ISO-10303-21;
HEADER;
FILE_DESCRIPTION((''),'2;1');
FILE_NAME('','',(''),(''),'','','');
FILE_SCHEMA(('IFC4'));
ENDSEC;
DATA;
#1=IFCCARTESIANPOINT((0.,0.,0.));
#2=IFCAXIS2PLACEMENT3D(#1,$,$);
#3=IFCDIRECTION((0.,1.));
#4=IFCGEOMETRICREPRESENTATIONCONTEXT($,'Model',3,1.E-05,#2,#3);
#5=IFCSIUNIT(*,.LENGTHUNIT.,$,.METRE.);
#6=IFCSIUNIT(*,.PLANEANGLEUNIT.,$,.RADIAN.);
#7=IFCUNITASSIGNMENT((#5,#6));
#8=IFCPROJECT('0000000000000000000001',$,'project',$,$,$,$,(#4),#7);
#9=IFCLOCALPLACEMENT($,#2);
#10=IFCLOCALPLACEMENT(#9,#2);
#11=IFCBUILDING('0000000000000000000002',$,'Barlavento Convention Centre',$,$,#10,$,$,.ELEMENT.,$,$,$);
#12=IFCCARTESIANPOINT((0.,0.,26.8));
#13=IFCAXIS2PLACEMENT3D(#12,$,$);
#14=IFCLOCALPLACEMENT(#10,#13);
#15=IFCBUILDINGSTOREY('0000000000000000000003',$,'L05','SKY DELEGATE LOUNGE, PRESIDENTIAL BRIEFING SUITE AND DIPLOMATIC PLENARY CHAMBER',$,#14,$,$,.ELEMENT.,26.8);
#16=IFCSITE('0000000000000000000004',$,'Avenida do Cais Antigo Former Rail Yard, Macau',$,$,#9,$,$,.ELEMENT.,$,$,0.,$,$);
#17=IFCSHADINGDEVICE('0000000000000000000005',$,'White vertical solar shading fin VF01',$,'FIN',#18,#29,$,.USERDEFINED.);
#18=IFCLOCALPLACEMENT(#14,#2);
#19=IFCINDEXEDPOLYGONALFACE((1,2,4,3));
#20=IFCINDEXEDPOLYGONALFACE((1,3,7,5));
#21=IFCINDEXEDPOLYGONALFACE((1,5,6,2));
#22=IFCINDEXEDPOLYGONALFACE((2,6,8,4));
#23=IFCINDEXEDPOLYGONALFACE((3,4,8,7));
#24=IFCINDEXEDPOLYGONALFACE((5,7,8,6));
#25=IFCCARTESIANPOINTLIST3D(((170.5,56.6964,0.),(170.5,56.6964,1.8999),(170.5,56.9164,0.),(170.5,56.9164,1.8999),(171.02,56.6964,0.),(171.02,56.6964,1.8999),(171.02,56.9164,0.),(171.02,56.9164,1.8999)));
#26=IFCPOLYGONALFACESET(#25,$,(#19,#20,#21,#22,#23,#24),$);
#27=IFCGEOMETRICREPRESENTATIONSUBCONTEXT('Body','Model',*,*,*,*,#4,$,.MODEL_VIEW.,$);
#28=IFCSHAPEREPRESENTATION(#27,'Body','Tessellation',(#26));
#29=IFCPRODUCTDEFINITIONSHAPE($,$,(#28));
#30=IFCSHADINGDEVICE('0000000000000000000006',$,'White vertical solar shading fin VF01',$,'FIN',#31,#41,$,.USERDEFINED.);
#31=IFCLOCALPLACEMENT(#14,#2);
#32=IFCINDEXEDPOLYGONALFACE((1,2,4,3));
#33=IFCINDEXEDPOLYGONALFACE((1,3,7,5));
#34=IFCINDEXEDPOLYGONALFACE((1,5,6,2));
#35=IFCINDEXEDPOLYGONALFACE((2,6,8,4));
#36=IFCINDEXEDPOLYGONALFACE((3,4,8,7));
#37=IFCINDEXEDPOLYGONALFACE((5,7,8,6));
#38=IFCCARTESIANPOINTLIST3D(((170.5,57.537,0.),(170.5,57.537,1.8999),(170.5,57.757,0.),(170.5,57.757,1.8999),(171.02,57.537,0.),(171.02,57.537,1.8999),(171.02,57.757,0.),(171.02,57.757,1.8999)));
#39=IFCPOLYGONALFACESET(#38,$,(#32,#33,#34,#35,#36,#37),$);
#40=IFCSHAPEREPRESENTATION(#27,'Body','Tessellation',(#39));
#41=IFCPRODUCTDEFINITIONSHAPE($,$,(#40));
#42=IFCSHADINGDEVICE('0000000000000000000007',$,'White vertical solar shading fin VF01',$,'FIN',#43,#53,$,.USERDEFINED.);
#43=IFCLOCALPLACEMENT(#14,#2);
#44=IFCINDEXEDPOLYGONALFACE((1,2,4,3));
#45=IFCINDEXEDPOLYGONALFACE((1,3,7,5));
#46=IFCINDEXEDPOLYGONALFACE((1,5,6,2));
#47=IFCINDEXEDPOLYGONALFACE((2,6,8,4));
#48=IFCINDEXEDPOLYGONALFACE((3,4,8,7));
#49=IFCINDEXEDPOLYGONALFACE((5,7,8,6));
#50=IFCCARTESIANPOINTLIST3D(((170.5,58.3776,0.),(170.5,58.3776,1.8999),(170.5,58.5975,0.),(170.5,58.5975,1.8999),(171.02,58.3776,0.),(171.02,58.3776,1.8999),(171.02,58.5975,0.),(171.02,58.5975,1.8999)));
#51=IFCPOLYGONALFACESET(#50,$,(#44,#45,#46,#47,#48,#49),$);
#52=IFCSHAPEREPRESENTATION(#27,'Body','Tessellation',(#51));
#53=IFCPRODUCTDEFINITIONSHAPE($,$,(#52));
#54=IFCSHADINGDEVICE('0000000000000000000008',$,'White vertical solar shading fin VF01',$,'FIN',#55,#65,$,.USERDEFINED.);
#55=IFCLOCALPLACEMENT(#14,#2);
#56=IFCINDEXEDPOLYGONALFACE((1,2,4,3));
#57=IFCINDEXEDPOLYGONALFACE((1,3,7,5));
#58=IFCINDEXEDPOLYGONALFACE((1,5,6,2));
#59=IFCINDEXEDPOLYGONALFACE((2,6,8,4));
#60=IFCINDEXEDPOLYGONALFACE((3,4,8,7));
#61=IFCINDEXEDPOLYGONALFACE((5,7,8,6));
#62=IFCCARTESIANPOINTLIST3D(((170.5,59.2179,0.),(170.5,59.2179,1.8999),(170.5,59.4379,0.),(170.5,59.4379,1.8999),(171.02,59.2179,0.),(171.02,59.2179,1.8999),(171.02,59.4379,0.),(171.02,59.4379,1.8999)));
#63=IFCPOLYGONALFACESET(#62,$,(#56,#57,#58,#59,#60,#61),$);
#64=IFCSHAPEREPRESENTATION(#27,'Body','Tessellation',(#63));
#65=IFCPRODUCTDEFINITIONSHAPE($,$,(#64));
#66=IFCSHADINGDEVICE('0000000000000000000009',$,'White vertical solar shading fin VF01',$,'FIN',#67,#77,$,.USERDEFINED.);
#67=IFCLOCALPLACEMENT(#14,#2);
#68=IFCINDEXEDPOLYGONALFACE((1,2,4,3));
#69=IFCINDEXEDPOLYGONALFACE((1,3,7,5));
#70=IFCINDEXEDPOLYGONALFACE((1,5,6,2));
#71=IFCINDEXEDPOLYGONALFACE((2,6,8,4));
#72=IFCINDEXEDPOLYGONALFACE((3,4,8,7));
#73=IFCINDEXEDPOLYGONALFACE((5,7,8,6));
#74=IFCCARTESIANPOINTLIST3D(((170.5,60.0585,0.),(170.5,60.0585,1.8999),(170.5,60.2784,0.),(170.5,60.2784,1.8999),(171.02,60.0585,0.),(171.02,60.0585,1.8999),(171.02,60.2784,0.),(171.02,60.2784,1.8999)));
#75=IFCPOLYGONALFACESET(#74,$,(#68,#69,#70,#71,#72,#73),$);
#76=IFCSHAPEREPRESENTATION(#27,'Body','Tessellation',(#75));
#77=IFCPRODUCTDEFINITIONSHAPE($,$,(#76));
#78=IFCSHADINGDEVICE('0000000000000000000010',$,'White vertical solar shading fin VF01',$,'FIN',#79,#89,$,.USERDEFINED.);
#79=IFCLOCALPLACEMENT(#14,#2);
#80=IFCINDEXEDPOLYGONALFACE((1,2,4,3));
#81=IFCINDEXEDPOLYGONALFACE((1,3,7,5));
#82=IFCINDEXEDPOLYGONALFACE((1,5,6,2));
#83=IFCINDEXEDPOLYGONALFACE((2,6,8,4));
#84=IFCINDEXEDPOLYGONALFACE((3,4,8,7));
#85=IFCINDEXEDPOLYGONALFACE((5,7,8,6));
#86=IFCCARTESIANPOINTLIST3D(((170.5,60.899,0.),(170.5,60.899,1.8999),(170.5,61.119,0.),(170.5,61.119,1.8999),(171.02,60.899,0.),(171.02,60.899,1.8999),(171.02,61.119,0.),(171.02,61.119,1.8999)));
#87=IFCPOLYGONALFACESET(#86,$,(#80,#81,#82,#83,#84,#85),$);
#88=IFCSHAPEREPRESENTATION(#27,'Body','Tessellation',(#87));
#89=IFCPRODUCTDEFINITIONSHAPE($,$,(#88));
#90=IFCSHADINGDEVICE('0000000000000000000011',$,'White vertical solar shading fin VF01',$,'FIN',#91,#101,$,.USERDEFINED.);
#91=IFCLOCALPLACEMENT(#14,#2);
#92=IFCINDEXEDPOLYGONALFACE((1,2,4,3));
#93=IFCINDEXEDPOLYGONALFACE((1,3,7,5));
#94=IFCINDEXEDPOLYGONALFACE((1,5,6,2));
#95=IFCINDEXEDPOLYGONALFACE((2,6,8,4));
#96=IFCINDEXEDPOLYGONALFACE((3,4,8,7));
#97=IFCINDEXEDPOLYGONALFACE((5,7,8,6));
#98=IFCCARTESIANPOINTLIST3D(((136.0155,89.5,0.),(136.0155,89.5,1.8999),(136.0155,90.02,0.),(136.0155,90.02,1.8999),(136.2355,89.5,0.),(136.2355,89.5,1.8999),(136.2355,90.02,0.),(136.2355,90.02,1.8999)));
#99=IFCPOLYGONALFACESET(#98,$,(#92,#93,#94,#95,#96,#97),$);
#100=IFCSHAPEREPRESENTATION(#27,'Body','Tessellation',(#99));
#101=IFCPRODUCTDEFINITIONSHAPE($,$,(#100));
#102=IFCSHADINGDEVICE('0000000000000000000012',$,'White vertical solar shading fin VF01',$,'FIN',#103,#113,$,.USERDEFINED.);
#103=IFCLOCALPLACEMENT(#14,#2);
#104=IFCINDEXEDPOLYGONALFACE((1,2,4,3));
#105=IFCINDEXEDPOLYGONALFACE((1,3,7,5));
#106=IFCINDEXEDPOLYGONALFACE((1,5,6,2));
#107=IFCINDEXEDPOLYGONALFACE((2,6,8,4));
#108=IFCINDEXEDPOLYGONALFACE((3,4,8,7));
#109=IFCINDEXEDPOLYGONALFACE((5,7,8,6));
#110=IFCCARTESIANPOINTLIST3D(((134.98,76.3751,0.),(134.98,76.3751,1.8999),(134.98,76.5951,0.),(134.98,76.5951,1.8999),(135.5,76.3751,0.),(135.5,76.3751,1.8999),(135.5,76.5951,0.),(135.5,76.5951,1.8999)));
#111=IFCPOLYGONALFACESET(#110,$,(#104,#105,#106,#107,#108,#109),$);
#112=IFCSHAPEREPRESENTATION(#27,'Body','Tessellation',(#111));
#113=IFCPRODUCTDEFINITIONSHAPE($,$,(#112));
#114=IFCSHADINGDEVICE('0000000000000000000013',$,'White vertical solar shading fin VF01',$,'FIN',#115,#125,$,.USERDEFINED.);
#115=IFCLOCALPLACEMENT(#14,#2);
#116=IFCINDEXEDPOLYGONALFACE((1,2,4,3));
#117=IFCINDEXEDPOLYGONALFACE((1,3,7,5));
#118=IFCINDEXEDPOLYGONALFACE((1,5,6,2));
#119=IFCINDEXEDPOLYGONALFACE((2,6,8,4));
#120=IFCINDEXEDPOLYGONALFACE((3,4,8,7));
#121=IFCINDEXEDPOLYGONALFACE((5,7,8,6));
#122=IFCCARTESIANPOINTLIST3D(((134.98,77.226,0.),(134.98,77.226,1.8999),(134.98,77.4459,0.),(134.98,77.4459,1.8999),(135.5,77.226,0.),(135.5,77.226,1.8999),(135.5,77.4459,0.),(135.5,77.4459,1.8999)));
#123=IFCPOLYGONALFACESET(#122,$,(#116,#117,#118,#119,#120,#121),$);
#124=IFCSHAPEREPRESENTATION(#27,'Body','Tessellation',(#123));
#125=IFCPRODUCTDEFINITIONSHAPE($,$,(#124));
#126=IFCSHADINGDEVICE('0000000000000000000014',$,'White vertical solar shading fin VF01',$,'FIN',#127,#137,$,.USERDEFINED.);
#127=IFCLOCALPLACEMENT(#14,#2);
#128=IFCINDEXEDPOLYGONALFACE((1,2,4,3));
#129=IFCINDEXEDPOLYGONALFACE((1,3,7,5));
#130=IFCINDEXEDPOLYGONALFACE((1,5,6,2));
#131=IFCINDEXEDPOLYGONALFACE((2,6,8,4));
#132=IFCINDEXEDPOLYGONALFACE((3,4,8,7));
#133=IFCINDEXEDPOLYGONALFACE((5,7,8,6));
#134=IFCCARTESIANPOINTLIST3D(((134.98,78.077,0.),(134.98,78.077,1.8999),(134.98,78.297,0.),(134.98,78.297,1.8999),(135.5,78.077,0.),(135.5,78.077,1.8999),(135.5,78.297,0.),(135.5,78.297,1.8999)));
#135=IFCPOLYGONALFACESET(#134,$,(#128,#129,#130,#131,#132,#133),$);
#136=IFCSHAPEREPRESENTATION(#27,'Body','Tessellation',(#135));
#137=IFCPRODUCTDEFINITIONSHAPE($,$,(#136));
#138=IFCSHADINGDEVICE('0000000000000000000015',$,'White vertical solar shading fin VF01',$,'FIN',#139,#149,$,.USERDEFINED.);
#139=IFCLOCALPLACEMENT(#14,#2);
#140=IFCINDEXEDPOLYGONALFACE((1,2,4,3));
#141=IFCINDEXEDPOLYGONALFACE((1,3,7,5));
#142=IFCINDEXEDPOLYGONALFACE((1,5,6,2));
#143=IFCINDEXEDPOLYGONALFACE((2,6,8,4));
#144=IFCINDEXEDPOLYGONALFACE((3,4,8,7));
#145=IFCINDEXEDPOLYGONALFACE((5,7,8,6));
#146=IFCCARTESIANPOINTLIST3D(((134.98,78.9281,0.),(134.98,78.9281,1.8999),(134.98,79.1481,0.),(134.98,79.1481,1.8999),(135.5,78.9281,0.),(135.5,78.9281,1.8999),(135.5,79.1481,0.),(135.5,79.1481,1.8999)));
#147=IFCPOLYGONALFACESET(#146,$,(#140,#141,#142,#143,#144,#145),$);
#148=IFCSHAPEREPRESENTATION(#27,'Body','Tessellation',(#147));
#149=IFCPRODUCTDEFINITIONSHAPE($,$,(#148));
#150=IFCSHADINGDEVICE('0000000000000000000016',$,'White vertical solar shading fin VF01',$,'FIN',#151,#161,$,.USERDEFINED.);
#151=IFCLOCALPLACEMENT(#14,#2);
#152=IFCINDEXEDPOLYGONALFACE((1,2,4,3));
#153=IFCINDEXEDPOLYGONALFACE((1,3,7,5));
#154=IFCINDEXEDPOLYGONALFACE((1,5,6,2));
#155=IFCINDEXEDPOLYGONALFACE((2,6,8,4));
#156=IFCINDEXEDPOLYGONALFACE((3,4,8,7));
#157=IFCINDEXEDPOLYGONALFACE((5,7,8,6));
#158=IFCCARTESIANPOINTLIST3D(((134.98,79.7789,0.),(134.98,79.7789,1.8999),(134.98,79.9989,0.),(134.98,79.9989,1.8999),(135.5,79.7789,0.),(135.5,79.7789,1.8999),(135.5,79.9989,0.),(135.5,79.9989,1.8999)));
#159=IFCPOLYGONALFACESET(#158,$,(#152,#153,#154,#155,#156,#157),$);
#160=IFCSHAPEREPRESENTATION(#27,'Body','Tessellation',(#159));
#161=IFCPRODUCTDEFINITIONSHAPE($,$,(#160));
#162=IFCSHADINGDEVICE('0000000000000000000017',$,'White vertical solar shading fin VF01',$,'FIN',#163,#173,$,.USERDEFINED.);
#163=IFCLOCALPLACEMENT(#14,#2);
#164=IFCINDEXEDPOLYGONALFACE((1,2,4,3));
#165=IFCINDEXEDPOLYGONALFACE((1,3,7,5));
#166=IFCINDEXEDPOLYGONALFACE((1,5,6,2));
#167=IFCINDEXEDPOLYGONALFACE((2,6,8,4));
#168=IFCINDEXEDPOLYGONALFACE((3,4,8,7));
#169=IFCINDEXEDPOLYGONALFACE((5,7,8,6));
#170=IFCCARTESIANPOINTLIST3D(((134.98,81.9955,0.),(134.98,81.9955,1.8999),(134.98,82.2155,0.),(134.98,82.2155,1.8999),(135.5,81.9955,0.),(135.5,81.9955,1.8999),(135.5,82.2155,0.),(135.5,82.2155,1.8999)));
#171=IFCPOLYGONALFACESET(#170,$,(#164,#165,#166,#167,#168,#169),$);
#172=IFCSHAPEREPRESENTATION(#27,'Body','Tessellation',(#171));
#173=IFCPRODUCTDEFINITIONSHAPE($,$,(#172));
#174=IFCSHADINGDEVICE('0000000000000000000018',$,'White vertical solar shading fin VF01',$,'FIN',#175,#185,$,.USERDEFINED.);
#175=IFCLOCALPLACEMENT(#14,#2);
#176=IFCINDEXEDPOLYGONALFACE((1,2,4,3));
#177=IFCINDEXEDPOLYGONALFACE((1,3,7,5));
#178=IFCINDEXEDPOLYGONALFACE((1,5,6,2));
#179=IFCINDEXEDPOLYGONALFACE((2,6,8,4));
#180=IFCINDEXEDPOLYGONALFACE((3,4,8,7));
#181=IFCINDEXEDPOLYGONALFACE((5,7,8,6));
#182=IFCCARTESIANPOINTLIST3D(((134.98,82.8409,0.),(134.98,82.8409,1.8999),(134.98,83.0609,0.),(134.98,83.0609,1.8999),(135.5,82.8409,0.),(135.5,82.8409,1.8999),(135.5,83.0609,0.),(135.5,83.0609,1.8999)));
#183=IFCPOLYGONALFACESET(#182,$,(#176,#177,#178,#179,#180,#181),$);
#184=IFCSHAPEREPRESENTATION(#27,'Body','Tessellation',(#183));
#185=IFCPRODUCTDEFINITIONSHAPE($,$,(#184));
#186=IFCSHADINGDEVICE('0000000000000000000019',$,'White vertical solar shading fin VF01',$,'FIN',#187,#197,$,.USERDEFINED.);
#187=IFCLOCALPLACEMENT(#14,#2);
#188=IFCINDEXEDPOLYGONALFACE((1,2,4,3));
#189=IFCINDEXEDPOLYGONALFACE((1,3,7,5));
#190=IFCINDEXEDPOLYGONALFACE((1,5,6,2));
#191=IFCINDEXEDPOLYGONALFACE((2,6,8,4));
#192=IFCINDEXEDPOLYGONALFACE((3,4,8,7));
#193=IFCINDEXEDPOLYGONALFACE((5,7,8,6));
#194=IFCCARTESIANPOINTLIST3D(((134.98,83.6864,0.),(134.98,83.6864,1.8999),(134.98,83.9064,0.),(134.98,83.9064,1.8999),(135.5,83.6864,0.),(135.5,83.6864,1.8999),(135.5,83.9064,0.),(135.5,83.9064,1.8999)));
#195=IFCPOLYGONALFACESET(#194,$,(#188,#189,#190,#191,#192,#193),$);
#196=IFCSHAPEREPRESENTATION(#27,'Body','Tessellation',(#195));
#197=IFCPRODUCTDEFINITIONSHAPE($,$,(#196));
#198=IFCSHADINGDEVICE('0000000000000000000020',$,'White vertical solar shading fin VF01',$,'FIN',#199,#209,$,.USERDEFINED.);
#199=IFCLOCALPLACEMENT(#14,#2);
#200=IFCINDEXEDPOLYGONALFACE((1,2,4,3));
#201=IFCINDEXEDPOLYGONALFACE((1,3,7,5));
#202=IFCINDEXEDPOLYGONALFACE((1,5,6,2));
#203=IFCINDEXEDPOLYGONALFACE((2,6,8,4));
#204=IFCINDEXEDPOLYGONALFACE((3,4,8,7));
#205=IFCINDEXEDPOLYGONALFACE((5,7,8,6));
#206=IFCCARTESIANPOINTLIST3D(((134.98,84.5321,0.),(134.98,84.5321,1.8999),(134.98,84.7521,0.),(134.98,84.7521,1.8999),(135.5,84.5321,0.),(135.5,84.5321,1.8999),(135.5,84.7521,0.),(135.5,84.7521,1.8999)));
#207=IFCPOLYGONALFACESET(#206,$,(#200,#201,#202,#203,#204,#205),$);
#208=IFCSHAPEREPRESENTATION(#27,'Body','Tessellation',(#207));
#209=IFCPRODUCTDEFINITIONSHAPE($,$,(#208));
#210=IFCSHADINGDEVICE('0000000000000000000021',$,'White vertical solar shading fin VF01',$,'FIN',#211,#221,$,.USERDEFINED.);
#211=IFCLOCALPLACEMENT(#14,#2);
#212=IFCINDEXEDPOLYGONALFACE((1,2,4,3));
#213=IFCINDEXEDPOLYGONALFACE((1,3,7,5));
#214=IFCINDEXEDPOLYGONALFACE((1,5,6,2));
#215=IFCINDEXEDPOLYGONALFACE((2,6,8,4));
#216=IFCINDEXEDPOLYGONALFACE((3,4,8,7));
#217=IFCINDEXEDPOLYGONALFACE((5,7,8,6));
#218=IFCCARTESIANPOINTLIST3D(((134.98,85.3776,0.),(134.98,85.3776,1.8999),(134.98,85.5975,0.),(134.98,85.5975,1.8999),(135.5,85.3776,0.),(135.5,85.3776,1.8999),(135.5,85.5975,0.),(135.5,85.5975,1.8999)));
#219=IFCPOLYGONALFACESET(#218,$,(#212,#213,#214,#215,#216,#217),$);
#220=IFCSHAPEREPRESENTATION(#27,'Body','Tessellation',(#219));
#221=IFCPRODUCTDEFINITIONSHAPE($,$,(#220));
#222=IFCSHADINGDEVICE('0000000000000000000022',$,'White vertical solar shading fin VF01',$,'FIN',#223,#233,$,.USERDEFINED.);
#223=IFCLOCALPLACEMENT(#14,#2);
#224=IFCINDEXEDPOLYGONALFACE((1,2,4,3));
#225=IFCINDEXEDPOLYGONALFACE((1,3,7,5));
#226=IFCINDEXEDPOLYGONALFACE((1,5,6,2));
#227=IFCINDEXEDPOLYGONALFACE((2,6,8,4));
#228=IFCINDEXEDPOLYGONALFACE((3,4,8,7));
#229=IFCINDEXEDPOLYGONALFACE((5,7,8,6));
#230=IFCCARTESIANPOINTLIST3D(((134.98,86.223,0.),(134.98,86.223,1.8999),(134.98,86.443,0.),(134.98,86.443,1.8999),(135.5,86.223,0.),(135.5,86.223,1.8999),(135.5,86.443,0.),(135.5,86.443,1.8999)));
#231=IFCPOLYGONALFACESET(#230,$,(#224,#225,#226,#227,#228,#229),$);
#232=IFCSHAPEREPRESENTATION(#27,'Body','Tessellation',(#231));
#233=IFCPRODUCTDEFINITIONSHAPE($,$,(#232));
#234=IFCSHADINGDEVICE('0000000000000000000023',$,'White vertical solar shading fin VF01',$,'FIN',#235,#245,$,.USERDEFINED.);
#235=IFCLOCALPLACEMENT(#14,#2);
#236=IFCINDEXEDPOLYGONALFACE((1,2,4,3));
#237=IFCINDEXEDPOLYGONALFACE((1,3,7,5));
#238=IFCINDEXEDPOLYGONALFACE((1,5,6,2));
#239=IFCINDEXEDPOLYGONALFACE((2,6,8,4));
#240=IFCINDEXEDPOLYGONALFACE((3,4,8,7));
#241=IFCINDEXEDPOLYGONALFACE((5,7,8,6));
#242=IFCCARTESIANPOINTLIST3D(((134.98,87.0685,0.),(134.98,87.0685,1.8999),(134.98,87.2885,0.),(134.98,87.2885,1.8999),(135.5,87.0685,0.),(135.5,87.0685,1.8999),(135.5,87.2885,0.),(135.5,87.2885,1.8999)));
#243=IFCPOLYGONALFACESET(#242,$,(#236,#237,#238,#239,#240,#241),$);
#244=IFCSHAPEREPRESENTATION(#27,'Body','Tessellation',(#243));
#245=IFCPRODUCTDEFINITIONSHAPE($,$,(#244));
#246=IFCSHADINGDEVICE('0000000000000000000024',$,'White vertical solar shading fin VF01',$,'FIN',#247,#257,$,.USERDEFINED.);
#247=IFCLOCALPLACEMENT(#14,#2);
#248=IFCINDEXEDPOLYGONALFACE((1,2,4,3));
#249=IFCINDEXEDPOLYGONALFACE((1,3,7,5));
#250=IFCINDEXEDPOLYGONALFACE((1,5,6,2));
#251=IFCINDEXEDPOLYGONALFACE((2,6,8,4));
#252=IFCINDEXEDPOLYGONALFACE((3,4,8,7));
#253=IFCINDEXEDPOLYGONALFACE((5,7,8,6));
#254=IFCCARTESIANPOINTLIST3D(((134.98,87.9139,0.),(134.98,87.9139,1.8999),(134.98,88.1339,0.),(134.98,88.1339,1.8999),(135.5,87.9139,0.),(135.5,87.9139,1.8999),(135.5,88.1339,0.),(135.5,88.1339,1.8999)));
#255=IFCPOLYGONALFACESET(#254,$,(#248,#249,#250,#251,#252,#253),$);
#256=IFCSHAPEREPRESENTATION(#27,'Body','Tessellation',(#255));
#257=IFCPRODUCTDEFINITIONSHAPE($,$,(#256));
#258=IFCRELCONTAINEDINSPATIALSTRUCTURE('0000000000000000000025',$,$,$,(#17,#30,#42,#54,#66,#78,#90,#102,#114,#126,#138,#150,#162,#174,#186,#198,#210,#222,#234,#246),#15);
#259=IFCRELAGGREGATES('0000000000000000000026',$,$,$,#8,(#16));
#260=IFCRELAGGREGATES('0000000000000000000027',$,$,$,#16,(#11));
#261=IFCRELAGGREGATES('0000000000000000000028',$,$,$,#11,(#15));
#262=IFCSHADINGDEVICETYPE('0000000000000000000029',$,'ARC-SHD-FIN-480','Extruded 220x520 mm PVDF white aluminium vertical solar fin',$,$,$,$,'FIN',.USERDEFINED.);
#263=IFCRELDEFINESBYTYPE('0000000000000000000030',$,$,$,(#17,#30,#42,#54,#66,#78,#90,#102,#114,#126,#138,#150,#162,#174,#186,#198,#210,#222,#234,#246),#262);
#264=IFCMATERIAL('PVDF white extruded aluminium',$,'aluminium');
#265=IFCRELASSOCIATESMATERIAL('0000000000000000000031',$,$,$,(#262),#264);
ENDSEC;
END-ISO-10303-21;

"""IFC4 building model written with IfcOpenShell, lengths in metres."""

from ifc_helpers import new_model, si_unit, direction, frame, origin, origin_2d, place, context, subcontext, project, spatial, rectangle, extrude, material, type_object, element, save


model = new_model("IFC4")

# Units and contexts
model_context = context("Model", 3, precision=1e-05, world=origin(), true_north=direction((0.0, 1.0)))
body_context = subcontext(model_context, "Body", "Model", "MODEL_VIEW")
ifc_project = project(units=[si_unit("LENGTHUNIT", "METRE"), si_unit("PLANEANGLEUNIT", "RADIAN")], contexts=[model_context])

# Site, building, storey
site_placement = place(None, origin())
site = spatial("IfcSite", under=ifc_project, at=site_placement, Name="Avenida do Cais Antigo Former Rail Yard, Macau", CompositionType="ELEMENT", RefElevation=0.0)
building_placement = place(site_placement, origin())
building = spatial("IfcBuilding", under=site, at=building_placement, Name="Barlavento Convention Centre", CompositionType="ELEMENT")
storey_placement = place(building_placement, frame((0.0, 0.0, 26.8)))
storey = spatial("IfcBuildingStorey", under=building, at=storey_placement, Name="L05", Description="SKY DELEGATE LOUNGE, PRESIDENTIAL BRIEFING SUITE AND DIPLOMATIC PLENARY CHAMBER", CompositionType="ELEMENT", Elevation=26.8)

# Shading devices
ifc_material = material(Name="PVDF white extruded aluminium", Category="aluminium")
shading_device_type = type_object("IfcShadingDeviceType", Name="ARC-SHD-FIN-480", Description="Extruded 220x520 mm PVDF white aluminium vertical solar fin", ElementType="FIN", PredefinedType="USERDEFINED", material=ifc_material)
for number, where, z_axis, x_axis, name in (
    (1, (170.76, 56.8064, 0.0), (0.0, 0.0, 1.0), (0.0, 1.0, 0.0), "White vertical solar shading fin VF01"),
    (2, (170.76, 57.647, 0.0), (0.0, 0.0, 1.0), (0.0, 1.0, 0.0), "White vertical solar shading fin VF01"),
    (3, (170.76, 58.4875, 0.0), (0.0, 0.0, 1.0), (0.0, 1.0, 0.0), "White vertical solar shading fin VF01"),
    (4, (170.76, 59.3279, 0.0), (0.0, 0.0, 1.0), (0.0, 1.0, 0.0), "White vertical solar shading fin VF01"),
    (5, (170.76, 60.1685, 0.0), (0.0, 0.0, 1.0), (0.0, 1.0, 0.0), "White vertical solar shading fin VF01"),
    (6, (170.76, 61.009, 0.0), (0.0, 0.0, 1.0), (0.0, 1.0, 0.0), "White vertical solar shading fin VF01"),
    (7, (136.1255, 89.76, 0.0), (0.0, 0.0, 1.0), (1.0, 0.0, 0.0), "White vertical solar shading fin VF01"),
    (8, (135.24, 76.4851, 0.0), (0.0, 0.0, 1.0), (0.0, 1.0, 0.0), "White vertical solar shading fin VF01"),
    (9, (135.24, 77.3359, 0.0), (0.0, 0.0, 1.0), (0.0, 1.0, 0.0), "White vertical solar shading fin VF01"),
    (10, (135.24, 78.187, 0.0), (0.0, 0.0, 1.0), (0.0, 1.0, 0.0), "White vertical solar shading fin VF01"),
    (11, (135.24, 79.0381, 0.0), (0.0, 0.0, 1.0), (0.0, 1.0, 0.0), "White vertical solar shading fin VF01"),
    (12, (135.24, 79.8889, 0.0), (0.0, 0.0, 1.0), (0.0, 1.0, 0.0), "White vertical solar shading fin VF01"),
    (13, (135.24, 82.1055, 0.0), (0.0, 0.0, 1.0), (0.0, 1.0, 0.0), "White vertical solar shading fin VF01"),
    (14, (135.24, 82.9509, 0.0), (0.0, 0.0, 1.0), (0.0, 1.0, 0.0), "White vertical solar shading fin VF01"),
    (15, (135.24, 83.7964, 0.0), (0.0, 0.0, 1.0), (0.0, 1.0, 0.0), "White vertical solar shading fin VF01"),
    (16, (135.24, 84.6421, 0.0), (0.0, 0.0, 1.0), (0.0, 1.0, 0.0), "White vertical solar shading fin VF01"),
    (17, (135.24, 85.4875, 0.0), (0.0, 0.0, 1.0), (0.0, 1.0, 0.0), "White vertical solar shading fin VF01"),
    (18, (135.24, 86.333, 0.0), (0.0, 0.0, 1.0), (0.0, 1.0, 0.0), "White vertical solar shading fin VF01"),
    (19, (135.24, 87.1785, 0.0), (0.0, 0.0, 1.0), (0.0, 1.0, 0.0), "White vertical solar shading fin VF01"),
    (20, (135.24, 88.0239, 0.0), (0.0, 0.0, 1.0), (0.0, 1.0, 0.0), "White vertical solar shading fin VF01"),
):
    element("IfcShadingDevice", number, at=place(storey_placement, frame(where, z_axis=z_axis, x_axis=x_axis)), inside=storey, type_object=shading_device_type, Name=name, ObjectType="FIN", PredefinedType="USERDEFINED", context=body_context, shape_type="SweptSolid", body=[
        extrude(rectangle(XDim=0.22, YDim=0.52, at=origin_2d()), origin(), (0.0, 0.0, 1.0), 1.8999),
    ])

save(model, "model.ifc")
